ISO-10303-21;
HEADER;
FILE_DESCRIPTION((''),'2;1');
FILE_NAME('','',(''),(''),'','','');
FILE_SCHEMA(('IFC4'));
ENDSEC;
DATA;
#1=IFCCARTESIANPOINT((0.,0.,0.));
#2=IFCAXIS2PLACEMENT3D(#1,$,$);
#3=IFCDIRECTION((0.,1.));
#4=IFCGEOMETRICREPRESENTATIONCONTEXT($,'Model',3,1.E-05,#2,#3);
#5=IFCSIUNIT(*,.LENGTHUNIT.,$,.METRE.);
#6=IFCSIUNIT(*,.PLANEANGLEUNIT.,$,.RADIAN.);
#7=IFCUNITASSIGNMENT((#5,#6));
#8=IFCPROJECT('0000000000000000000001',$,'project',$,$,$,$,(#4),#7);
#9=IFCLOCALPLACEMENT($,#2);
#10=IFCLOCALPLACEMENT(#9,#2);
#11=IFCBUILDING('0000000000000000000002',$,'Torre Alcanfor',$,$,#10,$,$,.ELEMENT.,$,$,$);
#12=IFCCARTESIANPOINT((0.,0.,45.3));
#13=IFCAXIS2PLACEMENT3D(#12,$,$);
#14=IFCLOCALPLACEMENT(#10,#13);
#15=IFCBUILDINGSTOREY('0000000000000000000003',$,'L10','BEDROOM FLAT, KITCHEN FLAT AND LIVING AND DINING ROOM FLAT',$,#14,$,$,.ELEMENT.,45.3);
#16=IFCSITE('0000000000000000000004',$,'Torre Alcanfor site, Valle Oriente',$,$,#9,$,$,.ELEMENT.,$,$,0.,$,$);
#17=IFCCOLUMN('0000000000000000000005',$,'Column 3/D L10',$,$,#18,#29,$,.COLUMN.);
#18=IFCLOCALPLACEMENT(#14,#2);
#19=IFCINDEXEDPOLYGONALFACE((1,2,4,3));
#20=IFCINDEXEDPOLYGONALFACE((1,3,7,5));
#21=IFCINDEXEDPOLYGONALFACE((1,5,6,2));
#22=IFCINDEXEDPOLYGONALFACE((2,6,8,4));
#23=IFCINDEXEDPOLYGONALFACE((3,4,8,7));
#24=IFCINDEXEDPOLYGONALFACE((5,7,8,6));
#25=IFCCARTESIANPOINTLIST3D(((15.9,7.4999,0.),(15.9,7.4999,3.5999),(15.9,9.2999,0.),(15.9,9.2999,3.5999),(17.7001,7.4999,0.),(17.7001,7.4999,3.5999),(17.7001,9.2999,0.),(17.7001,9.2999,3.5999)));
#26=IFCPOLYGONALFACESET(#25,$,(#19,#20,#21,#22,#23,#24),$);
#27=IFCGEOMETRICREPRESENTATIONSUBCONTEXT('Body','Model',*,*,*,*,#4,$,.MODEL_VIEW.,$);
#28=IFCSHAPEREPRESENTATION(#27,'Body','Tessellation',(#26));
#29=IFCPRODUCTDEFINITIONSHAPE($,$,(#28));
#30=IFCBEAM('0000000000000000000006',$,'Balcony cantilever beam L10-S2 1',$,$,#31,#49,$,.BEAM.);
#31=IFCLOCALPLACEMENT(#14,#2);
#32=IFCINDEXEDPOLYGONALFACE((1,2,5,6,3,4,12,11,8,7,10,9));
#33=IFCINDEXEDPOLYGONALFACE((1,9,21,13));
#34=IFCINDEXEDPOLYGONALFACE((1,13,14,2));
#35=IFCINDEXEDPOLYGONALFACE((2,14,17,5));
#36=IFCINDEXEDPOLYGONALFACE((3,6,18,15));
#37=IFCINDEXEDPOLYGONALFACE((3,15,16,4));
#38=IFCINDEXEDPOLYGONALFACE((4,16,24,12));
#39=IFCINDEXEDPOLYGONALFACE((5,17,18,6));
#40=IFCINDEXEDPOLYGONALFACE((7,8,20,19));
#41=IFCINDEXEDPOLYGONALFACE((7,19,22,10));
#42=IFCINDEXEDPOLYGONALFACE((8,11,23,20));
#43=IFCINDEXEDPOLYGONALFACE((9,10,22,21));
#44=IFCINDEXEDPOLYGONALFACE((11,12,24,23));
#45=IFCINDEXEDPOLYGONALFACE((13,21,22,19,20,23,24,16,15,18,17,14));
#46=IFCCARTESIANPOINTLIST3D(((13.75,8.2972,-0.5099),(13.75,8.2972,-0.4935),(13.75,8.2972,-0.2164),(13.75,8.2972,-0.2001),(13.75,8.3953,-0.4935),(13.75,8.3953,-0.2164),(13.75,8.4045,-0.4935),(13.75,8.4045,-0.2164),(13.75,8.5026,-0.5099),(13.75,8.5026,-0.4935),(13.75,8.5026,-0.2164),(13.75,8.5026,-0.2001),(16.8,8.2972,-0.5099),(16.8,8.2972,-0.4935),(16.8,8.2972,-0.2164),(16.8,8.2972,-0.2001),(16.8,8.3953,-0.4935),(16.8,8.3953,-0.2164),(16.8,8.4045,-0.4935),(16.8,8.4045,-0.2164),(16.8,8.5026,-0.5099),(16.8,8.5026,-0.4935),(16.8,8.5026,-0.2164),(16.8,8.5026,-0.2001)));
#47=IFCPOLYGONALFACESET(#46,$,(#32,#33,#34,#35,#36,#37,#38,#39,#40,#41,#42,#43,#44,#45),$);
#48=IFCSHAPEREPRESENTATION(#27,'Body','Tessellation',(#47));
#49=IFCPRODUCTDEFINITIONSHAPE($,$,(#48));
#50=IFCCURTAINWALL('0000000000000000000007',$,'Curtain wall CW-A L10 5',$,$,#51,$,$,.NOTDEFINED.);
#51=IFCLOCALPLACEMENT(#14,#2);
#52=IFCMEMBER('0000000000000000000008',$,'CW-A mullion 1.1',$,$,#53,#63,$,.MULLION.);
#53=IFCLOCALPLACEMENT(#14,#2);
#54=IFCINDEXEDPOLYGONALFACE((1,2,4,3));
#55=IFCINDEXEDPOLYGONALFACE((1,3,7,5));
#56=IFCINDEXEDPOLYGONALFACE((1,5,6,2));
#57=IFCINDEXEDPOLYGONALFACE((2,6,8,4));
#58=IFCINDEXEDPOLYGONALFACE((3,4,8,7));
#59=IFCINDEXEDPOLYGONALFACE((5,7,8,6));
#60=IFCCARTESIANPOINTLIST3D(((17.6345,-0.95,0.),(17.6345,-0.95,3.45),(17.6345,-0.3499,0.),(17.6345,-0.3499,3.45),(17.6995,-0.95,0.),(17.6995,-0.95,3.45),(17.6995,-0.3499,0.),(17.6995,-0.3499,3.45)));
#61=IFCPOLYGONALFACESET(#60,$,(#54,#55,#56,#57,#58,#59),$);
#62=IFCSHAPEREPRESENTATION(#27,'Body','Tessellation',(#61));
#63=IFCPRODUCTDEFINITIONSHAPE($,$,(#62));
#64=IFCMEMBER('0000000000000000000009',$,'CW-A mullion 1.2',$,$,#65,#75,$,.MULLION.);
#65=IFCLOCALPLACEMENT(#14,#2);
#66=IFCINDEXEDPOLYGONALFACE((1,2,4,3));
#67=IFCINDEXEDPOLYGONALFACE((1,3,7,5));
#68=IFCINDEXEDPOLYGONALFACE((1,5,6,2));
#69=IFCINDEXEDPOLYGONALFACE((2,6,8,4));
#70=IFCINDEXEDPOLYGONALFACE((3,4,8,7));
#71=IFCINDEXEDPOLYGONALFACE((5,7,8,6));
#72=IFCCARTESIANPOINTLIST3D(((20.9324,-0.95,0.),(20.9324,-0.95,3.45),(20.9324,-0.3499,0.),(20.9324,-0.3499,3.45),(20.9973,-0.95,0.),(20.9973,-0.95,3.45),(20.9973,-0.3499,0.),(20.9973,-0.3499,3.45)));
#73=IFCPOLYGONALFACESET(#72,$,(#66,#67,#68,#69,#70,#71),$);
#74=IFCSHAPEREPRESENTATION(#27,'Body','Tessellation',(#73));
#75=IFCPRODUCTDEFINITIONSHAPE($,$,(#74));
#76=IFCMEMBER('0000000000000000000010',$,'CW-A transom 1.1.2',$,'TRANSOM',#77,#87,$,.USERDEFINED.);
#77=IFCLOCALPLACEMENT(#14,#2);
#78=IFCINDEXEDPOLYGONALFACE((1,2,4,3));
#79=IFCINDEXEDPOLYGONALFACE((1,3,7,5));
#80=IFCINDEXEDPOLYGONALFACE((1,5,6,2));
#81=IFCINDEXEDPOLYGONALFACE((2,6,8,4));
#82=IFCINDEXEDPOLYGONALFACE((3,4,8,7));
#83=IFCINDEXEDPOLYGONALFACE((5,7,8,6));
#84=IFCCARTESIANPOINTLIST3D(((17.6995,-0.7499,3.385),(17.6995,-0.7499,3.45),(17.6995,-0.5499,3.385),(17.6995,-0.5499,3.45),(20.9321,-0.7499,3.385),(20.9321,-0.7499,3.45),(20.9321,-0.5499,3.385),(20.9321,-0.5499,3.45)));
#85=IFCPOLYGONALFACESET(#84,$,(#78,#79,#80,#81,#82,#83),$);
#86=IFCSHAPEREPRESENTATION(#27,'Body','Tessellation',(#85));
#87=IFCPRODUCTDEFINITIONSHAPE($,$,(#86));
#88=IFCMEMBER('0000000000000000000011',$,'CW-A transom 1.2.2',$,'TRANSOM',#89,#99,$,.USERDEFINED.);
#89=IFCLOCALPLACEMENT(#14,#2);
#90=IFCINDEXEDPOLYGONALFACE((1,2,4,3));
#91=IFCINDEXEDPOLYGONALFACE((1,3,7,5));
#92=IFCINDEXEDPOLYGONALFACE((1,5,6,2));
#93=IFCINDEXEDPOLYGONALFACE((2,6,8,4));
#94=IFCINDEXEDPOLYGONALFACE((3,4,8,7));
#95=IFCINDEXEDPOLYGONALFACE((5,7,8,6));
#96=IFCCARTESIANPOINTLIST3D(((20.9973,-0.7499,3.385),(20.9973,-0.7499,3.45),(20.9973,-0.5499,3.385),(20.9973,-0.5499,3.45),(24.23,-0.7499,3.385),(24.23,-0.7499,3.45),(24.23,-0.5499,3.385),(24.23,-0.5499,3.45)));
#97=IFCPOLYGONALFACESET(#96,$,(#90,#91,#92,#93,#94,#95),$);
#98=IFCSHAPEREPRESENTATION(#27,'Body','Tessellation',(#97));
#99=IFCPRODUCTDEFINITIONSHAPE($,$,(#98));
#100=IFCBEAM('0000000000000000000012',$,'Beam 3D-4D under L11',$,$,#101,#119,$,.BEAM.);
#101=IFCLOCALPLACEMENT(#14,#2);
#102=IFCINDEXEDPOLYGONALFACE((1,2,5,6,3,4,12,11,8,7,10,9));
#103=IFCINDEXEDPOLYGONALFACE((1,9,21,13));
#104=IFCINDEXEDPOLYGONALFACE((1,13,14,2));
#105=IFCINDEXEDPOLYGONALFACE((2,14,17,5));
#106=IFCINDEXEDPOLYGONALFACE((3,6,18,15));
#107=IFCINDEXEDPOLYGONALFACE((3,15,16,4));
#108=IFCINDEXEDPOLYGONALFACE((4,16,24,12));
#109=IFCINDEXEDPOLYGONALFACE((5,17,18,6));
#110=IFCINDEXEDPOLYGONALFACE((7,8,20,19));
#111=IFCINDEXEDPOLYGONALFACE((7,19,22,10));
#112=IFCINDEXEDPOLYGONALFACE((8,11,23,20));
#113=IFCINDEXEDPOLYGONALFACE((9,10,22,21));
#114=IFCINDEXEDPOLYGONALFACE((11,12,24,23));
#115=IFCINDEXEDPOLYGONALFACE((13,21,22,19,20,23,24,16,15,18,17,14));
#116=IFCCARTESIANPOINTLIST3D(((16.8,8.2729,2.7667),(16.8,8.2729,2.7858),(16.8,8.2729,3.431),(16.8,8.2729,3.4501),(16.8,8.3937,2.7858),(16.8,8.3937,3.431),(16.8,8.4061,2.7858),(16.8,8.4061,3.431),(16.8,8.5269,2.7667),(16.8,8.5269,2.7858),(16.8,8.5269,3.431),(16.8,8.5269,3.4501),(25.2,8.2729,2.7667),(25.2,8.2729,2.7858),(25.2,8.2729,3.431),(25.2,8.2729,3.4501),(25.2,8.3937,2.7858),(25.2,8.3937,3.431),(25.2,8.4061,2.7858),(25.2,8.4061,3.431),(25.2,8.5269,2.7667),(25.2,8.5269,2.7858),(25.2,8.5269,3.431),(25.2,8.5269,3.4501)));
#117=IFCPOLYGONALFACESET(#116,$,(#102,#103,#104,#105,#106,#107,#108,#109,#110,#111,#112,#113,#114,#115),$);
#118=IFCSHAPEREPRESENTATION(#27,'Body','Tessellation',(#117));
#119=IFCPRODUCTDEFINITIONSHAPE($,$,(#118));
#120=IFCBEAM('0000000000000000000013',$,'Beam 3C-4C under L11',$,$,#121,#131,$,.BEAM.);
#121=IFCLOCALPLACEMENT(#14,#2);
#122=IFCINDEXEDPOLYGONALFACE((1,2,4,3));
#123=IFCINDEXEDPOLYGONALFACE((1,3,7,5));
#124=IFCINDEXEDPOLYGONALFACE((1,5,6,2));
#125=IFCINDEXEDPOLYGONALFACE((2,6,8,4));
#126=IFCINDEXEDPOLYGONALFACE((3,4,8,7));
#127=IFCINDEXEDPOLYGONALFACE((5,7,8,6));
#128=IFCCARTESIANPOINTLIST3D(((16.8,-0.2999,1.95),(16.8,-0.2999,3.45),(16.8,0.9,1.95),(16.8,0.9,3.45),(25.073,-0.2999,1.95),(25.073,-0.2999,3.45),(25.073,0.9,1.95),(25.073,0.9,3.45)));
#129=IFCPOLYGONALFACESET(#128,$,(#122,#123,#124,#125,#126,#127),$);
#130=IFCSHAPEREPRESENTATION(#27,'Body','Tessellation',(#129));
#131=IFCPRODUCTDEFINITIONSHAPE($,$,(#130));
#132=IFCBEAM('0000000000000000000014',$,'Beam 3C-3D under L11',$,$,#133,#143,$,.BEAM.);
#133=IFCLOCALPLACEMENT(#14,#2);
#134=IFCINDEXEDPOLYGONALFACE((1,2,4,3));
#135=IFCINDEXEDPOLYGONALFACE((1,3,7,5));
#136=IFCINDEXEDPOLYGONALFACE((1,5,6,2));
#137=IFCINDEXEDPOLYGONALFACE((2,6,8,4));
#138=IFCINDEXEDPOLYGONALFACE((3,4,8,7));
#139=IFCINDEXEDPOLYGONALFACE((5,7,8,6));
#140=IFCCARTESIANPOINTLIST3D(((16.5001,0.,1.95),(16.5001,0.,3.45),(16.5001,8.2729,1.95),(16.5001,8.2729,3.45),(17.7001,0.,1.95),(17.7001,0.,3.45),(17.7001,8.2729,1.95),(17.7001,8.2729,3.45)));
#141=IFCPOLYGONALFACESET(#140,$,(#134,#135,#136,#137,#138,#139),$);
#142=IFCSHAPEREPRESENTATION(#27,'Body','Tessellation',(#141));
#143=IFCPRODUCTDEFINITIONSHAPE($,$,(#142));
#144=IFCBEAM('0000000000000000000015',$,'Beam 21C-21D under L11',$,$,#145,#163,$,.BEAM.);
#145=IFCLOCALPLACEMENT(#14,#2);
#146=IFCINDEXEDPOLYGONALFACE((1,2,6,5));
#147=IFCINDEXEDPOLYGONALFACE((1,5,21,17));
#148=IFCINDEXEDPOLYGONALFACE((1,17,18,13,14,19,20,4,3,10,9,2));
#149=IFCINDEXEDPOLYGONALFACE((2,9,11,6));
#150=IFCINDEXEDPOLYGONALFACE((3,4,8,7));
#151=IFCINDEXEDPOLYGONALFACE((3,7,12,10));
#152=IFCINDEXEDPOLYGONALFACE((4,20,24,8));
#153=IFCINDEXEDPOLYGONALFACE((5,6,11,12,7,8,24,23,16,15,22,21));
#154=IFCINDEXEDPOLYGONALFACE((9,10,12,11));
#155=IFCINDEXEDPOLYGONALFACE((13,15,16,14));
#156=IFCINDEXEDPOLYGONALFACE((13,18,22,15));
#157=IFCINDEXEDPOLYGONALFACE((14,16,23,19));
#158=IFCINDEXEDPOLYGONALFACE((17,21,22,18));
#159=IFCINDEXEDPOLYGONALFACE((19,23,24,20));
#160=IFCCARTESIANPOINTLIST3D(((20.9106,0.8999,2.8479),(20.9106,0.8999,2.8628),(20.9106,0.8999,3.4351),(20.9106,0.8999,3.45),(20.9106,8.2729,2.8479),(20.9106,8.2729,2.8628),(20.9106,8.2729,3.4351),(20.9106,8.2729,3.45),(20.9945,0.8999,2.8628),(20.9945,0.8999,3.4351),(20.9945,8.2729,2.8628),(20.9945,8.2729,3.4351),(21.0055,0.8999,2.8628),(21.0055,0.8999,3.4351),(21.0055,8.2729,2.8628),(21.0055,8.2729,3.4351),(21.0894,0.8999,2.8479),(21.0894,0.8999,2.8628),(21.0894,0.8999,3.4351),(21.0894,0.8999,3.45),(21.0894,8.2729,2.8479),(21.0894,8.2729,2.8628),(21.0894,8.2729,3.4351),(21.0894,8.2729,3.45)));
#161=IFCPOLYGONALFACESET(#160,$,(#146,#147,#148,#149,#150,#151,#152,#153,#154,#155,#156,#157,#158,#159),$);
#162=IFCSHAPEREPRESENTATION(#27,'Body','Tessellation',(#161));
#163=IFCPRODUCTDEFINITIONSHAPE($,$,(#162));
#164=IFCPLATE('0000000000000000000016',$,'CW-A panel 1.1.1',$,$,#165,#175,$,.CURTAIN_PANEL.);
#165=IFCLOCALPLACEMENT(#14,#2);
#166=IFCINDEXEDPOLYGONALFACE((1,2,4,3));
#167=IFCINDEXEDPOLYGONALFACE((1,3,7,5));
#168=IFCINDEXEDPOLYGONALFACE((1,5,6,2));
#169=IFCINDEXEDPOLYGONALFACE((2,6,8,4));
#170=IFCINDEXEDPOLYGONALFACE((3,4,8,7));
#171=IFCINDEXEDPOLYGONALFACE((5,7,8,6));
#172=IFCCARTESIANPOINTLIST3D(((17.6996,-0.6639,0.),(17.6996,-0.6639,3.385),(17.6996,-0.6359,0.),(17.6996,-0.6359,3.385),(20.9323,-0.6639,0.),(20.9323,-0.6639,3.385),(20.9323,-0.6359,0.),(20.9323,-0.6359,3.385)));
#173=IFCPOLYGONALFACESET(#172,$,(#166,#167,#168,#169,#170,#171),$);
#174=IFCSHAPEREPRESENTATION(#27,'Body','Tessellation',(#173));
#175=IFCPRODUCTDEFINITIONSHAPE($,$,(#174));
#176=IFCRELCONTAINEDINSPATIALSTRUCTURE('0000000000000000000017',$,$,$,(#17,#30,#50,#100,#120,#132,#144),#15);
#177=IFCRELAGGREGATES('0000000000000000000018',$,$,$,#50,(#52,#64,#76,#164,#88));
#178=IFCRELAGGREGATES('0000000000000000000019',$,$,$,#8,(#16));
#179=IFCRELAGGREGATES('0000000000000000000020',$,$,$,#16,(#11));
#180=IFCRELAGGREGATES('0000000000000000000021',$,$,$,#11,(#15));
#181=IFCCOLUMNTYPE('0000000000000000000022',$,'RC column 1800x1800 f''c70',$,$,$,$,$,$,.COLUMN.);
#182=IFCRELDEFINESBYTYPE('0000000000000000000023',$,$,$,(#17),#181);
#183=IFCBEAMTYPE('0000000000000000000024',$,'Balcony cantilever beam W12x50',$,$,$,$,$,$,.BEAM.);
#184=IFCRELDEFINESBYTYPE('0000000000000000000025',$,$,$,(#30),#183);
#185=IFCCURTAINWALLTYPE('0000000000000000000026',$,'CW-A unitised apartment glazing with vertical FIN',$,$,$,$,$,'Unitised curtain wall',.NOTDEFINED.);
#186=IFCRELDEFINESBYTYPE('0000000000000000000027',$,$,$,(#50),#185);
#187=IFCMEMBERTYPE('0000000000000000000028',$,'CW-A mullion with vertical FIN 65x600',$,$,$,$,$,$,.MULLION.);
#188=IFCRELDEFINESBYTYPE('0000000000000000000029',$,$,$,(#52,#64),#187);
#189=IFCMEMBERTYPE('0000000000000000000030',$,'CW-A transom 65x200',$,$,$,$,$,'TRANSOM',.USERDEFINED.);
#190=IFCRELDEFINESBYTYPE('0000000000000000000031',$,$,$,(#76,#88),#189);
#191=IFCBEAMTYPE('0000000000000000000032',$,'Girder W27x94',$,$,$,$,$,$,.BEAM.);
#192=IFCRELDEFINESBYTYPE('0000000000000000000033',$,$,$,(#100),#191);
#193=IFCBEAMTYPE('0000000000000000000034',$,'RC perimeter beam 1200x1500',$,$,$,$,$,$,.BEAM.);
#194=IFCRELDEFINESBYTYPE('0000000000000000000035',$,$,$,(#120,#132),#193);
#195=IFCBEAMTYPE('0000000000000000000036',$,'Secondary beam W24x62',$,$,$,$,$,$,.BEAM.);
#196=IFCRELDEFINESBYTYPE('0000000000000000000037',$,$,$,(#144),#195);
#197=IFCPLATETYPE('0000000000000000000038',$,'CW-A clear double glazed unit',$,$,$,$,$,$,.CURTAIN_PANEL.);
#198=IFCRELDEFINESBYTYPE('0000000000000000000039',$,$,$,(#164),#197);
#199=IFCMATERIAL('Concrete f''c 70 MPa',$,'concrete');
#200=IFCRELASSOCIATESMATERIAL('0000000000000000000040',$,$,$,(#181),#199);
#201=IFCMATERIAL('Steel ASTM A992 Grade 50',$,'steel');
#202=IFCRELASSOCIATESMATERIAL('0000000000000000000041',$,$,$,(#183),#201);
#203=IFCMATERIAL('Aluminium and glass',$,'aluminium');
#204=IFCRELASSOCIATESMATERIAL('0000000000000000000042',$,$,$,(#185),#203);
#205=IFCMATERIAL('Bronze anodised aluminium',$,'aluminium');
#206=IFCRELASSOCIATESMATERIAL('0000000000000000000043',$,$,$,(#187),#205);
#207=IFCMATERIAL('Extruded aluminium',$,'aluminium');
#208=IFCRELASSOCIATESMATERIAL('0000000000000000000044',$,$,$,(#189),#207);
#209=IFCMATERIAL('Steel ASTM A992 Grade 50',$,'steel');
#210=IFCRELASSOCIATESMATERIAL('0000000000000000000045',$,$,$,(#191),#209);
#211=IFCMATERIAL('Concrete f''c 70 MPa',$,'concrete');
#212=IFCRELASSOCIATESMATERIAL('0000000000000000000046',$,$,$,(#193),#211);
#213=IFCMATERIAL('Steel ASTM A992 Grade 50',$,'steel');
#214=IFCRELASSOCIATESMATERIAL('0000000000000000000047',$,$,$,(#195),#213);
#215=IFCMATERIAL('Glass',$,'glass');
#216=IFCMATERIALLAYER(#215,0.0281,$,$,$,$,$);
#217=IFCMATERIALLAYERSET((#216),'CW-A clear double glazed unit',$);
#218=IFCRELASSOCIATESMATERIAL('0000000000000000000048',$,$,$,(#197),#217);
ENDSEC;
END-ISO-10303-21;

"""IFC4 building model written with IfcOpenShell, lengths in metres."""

from ifc_helpers import new_model, si_unit, direction, frame, origin, origin_2d, place, context, subcontext, project, spatial, rectangle, i_section, extrude, material, layer, layer_set, material_profile, profile_set, type_object, element, aggregate, save


model = new_model("IFC4")

# Units and contexts
model_context = context("Model", 3, precision=1e-05, world=origin(), true_north=direction((0.0, 1.0)))
body_context = subcontext(model_context, "Body", "Model", "MODEL_VIEW")
ifc_project = project(units=[si_unit("LENGTHUNIT", "METRE"), si_unit("PLANEANGLEUNIT", "RADIAN")], contexts=[model_context])

# Site, building, storey
site_placement = place(None, origin())
site = spatial("IfcSite", under=ifc_project, at=site_placement, Name="Torre Alcanfor site, Valle Oriente", CompositionType="ELEMENT", RefElevation=0.0)
building_placement = place(site_placement, origin())
building = spatial("IfcBuilding", under=site, at=building_placement, Name="Torre Alcanfor", CompositionType="ELEMENT")
storey_placement = place(building_placement, frame((0.0, 0.0, 45.3)))
storey = spatial("IfcBuildingStorey", under=building, at=storey_placement, Name="L10", Description="BEDROOM FLAT, KITCHEN FLAT AND LIVING AND DINING ROOM FLAT", CompositionType="ELEMENT", Elevation=45.3)

# Column
ifc_material_1 = material(Name="Concrete f'c 70 MPa", Category="concrete")
ifc_material_profile_1 = material_profile(ifc_material_1, rectangle(XDim=1.8, YDim=1.8, at=origin_2d()), Name="1800x1800")
ifc_profile_set_1 = profile_set([ifc_material_profile_1], Name="Concrete f'c 70 MPa")
column_type = type_object("IfcColumnType", Name="RC column 1800x1800 f'c70", PredefinedType="COLUMN", material=ifc_profile_set_1)
column_placement = place(storey_placement, frame((16.8, 8.3999, 0.0), z_axis=(0.0, 0.0, 1.0), x_axis=(1.0, 0.0, 0.0)))
element("IfcColumn", 1, at=column_placement, inside=storey, type_object=column_type, Name="Column 3/D L10", PredefinedType="COLUMN", context=body_context, shape_type="SweptSolid", body=[
    extrude(rectangle(XDim=1.8, YDim=1.8, at=origin_2d()), origin(), (0.0, 0.0, 1.0), 3.5999),
])

# Beam
ifc_material_2 = material(Name="Steel ASTM A992 Grade 50", Category="steel")
ifc_material_profile_2 = material_profile(ifc_material_2, i_section(OverallWidth=0.2053, OverallDepth=0.3098, WebThickness=0.0093, FlangeThickness=0.0164, at=origin_2d()), Name="W12x50")
ifc_profile_set_2 = profile_set([ifc_material_profile_2], Name="Steel ASTM A992 Grade 50")
beam_type_1 = type_object("IfcBeamType", Name="Balcony cantilever beam W12x50", PredefinedType="BEAM", material=ifc_profile_set_2)
beam_1_placement = place(storey_placement, frame((16.8, 8.3999, -0.355), z_axis=(-1.0, 0.0, 0.0), x_axis=(0.0, -1.0, 0.0)))
element("IfcBeam", 2, at=beam_1_placement, inside=storey, type_object=beam_type_1, Name="Balcony cantilever beam L10-S2 1", PredefinedType="BEAM", context=body_context, shape_type="SweptSolid", body=[
    extrude(i_section(OverallWidth=0.2053, OverallDepth=0.3098, WebThickness=0.0093, FlangeThickness=0.0164, at=origin_2d()), origin(), (0.0, 0.0, 1.0), 3.05),
])

# Curtain wall, members
ifc_material_3 = material(Name="Aluminium and glass", Category="aluminium")
curtain_wall_type = type_object("IfcCurtainWallType", Name="CW-A unitised apartment glazing with vertical FIN", ElementType="Unitised curtain wall", PredefinedType="NOTDEFINED", material=ifc_material_3)
curtain_wall_placement = place(storey_placement, origin())
curtain_wall = element("IfcCurtainWall", 3, at=curtain_wall_placement, inside=storey, type_object=curtain_wall_type, Name="Curtain wall CW-A L10 5", PredefinedType="NOTDEFINED")
ifc_material_4 = material(Name="Bronze anodised aluminium", Category="aluminium")
ifc_material_profile_3 = material_profile(ifc_material_4, rectangle(XDim=0.6001, YDim=0.0649, at=origin_2d()), Name="CW-A mullion 65x600")
ifc_profile_set_3 = profile_set([ifc_material_profile_3], Name="Bronze anodised aluminium")
member_type_1 = type_object("IfcMemberType", Name="CW-A mullion with vertical FIN 65x600", PredefinedType="MULLION", material=ifc_profile_set_3)
member_1_placement = place(storey_placement, frame((17.667, -0.6499, 0.0), z_axis=(0.0, 0.0, 1.0), x_axis=(0.0, 1.0, 0.0)))
member_1 = element("IfcMember", 4, at=member_1_placement, type_object=member_type_1, Name="CW-A mullion 1.1", PredefinedType="MULLION", context=body_context, shape_type="SweptSolid", body=[
    extrude(rectangle(XDim=0.6001, YDim=0.0649, at=origin_2d()), origin(), (0.0, 0.0, 1.0), 3.45),
])
member_2_placement = place(storey_placement, frame((20.9648, -0.6499, 0.0), z_axis=(0.0, 0.0, 1.0), x_axis=(0.0, 1.0, 0.0)))
member_2 = element("IfcMember", 5, at=member_2_placement, type_object=member_type_1, Name="CW-A mullion 1.2", PredefinedType="MULLION", context=body_context, shape_type="SweptSolid", body=[
    extrude(rectangle(XDim=0.6001, YDim=0.0649, at=origin_2d()), origin(), (0.0, 0.0, 1.0), 3.45),
])
ifc_material_5 = material(Name="Extruded aluminium", Category="aluminium")
ifc_material_profile_4 = material_profile(ifc_material_5, rectangle(XDim=0.2, YDim=0.0649, at=origin_2d()), Name="CW-A transom 200x65")
ifc_profile_set_4 = profile_set([ifc_material_profile_4], Name="Extruded aluminium")
member_type_2 = type_object("IfcMemberType", Name="CW-A transom 65x200", ElementType="TRANSOM", PredefinedType="USERDEFINED", material=ifc_profile_set_4)
member_3_placement = place(storey_placement, frame((17.6995, -0.6499, 3.4175), z_axis=(1.0, 0.0, 0.0), x_axis=(0.0, 1.0, 0.0)))
member_3 = element("IfcMember", 6, at=member_3_placement, type_object=member_type_2, Name="CW-A transom 1.1.2", ObjectType="TRANSOM", PredefinedType="USERDEFINED", context=body_context, shape_type="SweptSolid", body=[
    extrude(rectangle(XDim=0.2, YDim=0.0649, at=origin_2d()), origin(), (0.0, 0.0, 1.0), 3.2327),
])
member_4_placement = place(storey_placement, frame((20.9973, -0.6499, 3.4175), z_axis=(1.0, 0.0, 0.0), x_axis=(0.0, 1.0, 0.0)))
member_4 = element("IfcMember", 7, at=member_4_placement, type_object=member_type_2, Name="CW-A transom 1.2.2", ObjectType="TRANSOM", PredefinedType="USERDEFINED", context=body_context, shape_type="SweptSolid", body=[
    extrude(rectangle(XDim=0.2, YDim=0.0649, at=origin_2d()), origin(), (0.0, 0.0, 1.0), 3.2327),
])

# Beams
ifc_material_6 = material(Name="Steel ASTM A992 Grade 50", Category="steel")
ifc_material_profile_5 = material_profile(ifc_material_6, i_section(OverallWidth=0.2539, OverallDepth=0.6833, WebThickness=0.0125, FlangeThickness=0.019, at=origin_2d()), Name="W27x94")
ifc_profile_set_5 = profile_set([ifc_material_profile_5], Name="Steel ASTM A992 Grade 50")
beam_type_2 = type_object("IfcBeamType", Name="Girder W27x94", PredefinedType="BEAM", material=ifc_profile_set_5)
beam_2_placement = place(storey_placement, frame((16.8, 8.3999, 3.1084), z_axis=(1.0, 0.0, 0.0), x_axis=(0.0, 1.0, 0.0)))
element("IfcBeam", 8, at=beam_2_placement, inside=storey, type_object=beam_type_2, Name="Beam 3D-4D under L11", PredefinedType="BEAM", context=body_context, shape_type="SweptSolid", body=[
    extrude(i_section(OverallWidth=0.2539, OverallDepth=0.6833, WebThickness=0.0125, FlangeThickness=0.019, at=origin_2d()), origin(), (0.0, 0.0, 1.0), 8.3999),
])
ifc_material_7 = material(Name="Concrete f'c 70 MPa", Category="concrete")
ifc_material_profile_6 = material_profile(ifc_material_7, rectangle(XDim=1.2, YDim=1.5, at=origin_2d()), Name="1200x1500")
ifc_profile_set_6 = profile_set([ifc_material_profile_6], Name="Concrete f'c 70 MPa")
beam_type_3 = type_object("IfcBeamType", Name="RC perimeter beam 1200x1500", PredefinedType="BEAM", material=ifc_profile_set_6)
for number, where, z_axis, x_axis, name in (
    (9, (16.8, 0.3, 2.7), (1.0, 0.0, 0.0), (0.0, 1.0, 0.0), "Beam 3C-4C under L11"),
    (10, (17.1001, 0.0, 2.7), (0.0, 1.0, 0.0), (-1.0, 0.0, 0.0), "Beam 3C-3D under L11"),
):
    element("IfcBeam", number, at=place(storey_placement, frame(where, z_axis=z_axis, x_axis=x_axis)), inside=storey, type_object=beam_type_3, Name=name, PredefinedType="BEAM", context=body_context, shape_type="SweptSolid", body=[
        extrude(rectangle(XDim=1.2, YDim=1.5, at=origin_2d()), origin(), (0.0, 0.0, 1.0), 8.2729),
    ])
ifc_material_8 = material(Name="Steel ASTM A992 Grade 50", Category="steel")
ifc_material_profile_7 = material_profile(ifc_material_8, i_section(OverallWidth=0.1787, OverallDepth=0.6021, WebThickness=0.011, FlangeThickness=0.0149, at=origin_2d()), Name="W24x62")
ifc_profile_set_7 = profile_set([ifc_material_profile_7], Name="Steel ASTM A992 Grade 50")
beam_type_4 = type_object("IfcBeamType", Name="Secondary beam W24x62", PredefinedType="BEAM", material=ifc_profile_set_7)
beam_3_placement = place(storey_placement, frame((21.0, 0.8999, 3.1489), z_axis=(0.0, 1.0, 0.0), x_axis=(-1.0, 0.0, 0.0)))
element("IfcBeam", 11, at=beam_3_placement, inside=storey, type_object=beam_type_4, Name="Beam 21C-21D under L11", PredefinedType="BEAM", context=body_context, shape_type="SweptSolid", body=[
    extrude(i_section(OverallWidth=0.1787, OverallDepth=0.6021, WebThickness=0.011, FlangeThickness=0.0149, at=origin_2d()), origin(), (0.0, 0.0, 1.0), 7.373),
])

# Plate
ifc_material_9 = material(Name="Glass", Category="glass")
ifc_layer_1 = layer(ifc_material_9, 0.0281)
ifc_layer_set_1 = layer_set([ifc_layer_1], Name="CW-A clear double glazed unit")
plate_type = type_object("IfcPlateType", Name="CW-A clear double glazed unit", PredefinedType="CURTAIN_PANEL", material=ifc_layer_set_1)
plate_1_placement = place(storey_placement, frame((19.3159, -0.6499, 0.0), z_axis=(0.0, 0.0, 1.0), x_axis=(1.0, 0.0, 0.0)))
plate_1 = element("IfcPlate", 12, at=plate_1_placement, type_object=plate_type, Name="CW-A panel 1.1.1", PredefinedType="CURTAIN_PANEL", context=body_context, shape_type="SweptSolid", body=[
    extrude(rectangle(XDim=3.2327, YDim=0.0281, at=origin_2d()), origin(), (0.0, 0.0, 1.0), 3.385),
])
aggregate(curtain_wall, [member_1, member_2, member_3, plate_1, member_4])

save(model, "model.ifc")
